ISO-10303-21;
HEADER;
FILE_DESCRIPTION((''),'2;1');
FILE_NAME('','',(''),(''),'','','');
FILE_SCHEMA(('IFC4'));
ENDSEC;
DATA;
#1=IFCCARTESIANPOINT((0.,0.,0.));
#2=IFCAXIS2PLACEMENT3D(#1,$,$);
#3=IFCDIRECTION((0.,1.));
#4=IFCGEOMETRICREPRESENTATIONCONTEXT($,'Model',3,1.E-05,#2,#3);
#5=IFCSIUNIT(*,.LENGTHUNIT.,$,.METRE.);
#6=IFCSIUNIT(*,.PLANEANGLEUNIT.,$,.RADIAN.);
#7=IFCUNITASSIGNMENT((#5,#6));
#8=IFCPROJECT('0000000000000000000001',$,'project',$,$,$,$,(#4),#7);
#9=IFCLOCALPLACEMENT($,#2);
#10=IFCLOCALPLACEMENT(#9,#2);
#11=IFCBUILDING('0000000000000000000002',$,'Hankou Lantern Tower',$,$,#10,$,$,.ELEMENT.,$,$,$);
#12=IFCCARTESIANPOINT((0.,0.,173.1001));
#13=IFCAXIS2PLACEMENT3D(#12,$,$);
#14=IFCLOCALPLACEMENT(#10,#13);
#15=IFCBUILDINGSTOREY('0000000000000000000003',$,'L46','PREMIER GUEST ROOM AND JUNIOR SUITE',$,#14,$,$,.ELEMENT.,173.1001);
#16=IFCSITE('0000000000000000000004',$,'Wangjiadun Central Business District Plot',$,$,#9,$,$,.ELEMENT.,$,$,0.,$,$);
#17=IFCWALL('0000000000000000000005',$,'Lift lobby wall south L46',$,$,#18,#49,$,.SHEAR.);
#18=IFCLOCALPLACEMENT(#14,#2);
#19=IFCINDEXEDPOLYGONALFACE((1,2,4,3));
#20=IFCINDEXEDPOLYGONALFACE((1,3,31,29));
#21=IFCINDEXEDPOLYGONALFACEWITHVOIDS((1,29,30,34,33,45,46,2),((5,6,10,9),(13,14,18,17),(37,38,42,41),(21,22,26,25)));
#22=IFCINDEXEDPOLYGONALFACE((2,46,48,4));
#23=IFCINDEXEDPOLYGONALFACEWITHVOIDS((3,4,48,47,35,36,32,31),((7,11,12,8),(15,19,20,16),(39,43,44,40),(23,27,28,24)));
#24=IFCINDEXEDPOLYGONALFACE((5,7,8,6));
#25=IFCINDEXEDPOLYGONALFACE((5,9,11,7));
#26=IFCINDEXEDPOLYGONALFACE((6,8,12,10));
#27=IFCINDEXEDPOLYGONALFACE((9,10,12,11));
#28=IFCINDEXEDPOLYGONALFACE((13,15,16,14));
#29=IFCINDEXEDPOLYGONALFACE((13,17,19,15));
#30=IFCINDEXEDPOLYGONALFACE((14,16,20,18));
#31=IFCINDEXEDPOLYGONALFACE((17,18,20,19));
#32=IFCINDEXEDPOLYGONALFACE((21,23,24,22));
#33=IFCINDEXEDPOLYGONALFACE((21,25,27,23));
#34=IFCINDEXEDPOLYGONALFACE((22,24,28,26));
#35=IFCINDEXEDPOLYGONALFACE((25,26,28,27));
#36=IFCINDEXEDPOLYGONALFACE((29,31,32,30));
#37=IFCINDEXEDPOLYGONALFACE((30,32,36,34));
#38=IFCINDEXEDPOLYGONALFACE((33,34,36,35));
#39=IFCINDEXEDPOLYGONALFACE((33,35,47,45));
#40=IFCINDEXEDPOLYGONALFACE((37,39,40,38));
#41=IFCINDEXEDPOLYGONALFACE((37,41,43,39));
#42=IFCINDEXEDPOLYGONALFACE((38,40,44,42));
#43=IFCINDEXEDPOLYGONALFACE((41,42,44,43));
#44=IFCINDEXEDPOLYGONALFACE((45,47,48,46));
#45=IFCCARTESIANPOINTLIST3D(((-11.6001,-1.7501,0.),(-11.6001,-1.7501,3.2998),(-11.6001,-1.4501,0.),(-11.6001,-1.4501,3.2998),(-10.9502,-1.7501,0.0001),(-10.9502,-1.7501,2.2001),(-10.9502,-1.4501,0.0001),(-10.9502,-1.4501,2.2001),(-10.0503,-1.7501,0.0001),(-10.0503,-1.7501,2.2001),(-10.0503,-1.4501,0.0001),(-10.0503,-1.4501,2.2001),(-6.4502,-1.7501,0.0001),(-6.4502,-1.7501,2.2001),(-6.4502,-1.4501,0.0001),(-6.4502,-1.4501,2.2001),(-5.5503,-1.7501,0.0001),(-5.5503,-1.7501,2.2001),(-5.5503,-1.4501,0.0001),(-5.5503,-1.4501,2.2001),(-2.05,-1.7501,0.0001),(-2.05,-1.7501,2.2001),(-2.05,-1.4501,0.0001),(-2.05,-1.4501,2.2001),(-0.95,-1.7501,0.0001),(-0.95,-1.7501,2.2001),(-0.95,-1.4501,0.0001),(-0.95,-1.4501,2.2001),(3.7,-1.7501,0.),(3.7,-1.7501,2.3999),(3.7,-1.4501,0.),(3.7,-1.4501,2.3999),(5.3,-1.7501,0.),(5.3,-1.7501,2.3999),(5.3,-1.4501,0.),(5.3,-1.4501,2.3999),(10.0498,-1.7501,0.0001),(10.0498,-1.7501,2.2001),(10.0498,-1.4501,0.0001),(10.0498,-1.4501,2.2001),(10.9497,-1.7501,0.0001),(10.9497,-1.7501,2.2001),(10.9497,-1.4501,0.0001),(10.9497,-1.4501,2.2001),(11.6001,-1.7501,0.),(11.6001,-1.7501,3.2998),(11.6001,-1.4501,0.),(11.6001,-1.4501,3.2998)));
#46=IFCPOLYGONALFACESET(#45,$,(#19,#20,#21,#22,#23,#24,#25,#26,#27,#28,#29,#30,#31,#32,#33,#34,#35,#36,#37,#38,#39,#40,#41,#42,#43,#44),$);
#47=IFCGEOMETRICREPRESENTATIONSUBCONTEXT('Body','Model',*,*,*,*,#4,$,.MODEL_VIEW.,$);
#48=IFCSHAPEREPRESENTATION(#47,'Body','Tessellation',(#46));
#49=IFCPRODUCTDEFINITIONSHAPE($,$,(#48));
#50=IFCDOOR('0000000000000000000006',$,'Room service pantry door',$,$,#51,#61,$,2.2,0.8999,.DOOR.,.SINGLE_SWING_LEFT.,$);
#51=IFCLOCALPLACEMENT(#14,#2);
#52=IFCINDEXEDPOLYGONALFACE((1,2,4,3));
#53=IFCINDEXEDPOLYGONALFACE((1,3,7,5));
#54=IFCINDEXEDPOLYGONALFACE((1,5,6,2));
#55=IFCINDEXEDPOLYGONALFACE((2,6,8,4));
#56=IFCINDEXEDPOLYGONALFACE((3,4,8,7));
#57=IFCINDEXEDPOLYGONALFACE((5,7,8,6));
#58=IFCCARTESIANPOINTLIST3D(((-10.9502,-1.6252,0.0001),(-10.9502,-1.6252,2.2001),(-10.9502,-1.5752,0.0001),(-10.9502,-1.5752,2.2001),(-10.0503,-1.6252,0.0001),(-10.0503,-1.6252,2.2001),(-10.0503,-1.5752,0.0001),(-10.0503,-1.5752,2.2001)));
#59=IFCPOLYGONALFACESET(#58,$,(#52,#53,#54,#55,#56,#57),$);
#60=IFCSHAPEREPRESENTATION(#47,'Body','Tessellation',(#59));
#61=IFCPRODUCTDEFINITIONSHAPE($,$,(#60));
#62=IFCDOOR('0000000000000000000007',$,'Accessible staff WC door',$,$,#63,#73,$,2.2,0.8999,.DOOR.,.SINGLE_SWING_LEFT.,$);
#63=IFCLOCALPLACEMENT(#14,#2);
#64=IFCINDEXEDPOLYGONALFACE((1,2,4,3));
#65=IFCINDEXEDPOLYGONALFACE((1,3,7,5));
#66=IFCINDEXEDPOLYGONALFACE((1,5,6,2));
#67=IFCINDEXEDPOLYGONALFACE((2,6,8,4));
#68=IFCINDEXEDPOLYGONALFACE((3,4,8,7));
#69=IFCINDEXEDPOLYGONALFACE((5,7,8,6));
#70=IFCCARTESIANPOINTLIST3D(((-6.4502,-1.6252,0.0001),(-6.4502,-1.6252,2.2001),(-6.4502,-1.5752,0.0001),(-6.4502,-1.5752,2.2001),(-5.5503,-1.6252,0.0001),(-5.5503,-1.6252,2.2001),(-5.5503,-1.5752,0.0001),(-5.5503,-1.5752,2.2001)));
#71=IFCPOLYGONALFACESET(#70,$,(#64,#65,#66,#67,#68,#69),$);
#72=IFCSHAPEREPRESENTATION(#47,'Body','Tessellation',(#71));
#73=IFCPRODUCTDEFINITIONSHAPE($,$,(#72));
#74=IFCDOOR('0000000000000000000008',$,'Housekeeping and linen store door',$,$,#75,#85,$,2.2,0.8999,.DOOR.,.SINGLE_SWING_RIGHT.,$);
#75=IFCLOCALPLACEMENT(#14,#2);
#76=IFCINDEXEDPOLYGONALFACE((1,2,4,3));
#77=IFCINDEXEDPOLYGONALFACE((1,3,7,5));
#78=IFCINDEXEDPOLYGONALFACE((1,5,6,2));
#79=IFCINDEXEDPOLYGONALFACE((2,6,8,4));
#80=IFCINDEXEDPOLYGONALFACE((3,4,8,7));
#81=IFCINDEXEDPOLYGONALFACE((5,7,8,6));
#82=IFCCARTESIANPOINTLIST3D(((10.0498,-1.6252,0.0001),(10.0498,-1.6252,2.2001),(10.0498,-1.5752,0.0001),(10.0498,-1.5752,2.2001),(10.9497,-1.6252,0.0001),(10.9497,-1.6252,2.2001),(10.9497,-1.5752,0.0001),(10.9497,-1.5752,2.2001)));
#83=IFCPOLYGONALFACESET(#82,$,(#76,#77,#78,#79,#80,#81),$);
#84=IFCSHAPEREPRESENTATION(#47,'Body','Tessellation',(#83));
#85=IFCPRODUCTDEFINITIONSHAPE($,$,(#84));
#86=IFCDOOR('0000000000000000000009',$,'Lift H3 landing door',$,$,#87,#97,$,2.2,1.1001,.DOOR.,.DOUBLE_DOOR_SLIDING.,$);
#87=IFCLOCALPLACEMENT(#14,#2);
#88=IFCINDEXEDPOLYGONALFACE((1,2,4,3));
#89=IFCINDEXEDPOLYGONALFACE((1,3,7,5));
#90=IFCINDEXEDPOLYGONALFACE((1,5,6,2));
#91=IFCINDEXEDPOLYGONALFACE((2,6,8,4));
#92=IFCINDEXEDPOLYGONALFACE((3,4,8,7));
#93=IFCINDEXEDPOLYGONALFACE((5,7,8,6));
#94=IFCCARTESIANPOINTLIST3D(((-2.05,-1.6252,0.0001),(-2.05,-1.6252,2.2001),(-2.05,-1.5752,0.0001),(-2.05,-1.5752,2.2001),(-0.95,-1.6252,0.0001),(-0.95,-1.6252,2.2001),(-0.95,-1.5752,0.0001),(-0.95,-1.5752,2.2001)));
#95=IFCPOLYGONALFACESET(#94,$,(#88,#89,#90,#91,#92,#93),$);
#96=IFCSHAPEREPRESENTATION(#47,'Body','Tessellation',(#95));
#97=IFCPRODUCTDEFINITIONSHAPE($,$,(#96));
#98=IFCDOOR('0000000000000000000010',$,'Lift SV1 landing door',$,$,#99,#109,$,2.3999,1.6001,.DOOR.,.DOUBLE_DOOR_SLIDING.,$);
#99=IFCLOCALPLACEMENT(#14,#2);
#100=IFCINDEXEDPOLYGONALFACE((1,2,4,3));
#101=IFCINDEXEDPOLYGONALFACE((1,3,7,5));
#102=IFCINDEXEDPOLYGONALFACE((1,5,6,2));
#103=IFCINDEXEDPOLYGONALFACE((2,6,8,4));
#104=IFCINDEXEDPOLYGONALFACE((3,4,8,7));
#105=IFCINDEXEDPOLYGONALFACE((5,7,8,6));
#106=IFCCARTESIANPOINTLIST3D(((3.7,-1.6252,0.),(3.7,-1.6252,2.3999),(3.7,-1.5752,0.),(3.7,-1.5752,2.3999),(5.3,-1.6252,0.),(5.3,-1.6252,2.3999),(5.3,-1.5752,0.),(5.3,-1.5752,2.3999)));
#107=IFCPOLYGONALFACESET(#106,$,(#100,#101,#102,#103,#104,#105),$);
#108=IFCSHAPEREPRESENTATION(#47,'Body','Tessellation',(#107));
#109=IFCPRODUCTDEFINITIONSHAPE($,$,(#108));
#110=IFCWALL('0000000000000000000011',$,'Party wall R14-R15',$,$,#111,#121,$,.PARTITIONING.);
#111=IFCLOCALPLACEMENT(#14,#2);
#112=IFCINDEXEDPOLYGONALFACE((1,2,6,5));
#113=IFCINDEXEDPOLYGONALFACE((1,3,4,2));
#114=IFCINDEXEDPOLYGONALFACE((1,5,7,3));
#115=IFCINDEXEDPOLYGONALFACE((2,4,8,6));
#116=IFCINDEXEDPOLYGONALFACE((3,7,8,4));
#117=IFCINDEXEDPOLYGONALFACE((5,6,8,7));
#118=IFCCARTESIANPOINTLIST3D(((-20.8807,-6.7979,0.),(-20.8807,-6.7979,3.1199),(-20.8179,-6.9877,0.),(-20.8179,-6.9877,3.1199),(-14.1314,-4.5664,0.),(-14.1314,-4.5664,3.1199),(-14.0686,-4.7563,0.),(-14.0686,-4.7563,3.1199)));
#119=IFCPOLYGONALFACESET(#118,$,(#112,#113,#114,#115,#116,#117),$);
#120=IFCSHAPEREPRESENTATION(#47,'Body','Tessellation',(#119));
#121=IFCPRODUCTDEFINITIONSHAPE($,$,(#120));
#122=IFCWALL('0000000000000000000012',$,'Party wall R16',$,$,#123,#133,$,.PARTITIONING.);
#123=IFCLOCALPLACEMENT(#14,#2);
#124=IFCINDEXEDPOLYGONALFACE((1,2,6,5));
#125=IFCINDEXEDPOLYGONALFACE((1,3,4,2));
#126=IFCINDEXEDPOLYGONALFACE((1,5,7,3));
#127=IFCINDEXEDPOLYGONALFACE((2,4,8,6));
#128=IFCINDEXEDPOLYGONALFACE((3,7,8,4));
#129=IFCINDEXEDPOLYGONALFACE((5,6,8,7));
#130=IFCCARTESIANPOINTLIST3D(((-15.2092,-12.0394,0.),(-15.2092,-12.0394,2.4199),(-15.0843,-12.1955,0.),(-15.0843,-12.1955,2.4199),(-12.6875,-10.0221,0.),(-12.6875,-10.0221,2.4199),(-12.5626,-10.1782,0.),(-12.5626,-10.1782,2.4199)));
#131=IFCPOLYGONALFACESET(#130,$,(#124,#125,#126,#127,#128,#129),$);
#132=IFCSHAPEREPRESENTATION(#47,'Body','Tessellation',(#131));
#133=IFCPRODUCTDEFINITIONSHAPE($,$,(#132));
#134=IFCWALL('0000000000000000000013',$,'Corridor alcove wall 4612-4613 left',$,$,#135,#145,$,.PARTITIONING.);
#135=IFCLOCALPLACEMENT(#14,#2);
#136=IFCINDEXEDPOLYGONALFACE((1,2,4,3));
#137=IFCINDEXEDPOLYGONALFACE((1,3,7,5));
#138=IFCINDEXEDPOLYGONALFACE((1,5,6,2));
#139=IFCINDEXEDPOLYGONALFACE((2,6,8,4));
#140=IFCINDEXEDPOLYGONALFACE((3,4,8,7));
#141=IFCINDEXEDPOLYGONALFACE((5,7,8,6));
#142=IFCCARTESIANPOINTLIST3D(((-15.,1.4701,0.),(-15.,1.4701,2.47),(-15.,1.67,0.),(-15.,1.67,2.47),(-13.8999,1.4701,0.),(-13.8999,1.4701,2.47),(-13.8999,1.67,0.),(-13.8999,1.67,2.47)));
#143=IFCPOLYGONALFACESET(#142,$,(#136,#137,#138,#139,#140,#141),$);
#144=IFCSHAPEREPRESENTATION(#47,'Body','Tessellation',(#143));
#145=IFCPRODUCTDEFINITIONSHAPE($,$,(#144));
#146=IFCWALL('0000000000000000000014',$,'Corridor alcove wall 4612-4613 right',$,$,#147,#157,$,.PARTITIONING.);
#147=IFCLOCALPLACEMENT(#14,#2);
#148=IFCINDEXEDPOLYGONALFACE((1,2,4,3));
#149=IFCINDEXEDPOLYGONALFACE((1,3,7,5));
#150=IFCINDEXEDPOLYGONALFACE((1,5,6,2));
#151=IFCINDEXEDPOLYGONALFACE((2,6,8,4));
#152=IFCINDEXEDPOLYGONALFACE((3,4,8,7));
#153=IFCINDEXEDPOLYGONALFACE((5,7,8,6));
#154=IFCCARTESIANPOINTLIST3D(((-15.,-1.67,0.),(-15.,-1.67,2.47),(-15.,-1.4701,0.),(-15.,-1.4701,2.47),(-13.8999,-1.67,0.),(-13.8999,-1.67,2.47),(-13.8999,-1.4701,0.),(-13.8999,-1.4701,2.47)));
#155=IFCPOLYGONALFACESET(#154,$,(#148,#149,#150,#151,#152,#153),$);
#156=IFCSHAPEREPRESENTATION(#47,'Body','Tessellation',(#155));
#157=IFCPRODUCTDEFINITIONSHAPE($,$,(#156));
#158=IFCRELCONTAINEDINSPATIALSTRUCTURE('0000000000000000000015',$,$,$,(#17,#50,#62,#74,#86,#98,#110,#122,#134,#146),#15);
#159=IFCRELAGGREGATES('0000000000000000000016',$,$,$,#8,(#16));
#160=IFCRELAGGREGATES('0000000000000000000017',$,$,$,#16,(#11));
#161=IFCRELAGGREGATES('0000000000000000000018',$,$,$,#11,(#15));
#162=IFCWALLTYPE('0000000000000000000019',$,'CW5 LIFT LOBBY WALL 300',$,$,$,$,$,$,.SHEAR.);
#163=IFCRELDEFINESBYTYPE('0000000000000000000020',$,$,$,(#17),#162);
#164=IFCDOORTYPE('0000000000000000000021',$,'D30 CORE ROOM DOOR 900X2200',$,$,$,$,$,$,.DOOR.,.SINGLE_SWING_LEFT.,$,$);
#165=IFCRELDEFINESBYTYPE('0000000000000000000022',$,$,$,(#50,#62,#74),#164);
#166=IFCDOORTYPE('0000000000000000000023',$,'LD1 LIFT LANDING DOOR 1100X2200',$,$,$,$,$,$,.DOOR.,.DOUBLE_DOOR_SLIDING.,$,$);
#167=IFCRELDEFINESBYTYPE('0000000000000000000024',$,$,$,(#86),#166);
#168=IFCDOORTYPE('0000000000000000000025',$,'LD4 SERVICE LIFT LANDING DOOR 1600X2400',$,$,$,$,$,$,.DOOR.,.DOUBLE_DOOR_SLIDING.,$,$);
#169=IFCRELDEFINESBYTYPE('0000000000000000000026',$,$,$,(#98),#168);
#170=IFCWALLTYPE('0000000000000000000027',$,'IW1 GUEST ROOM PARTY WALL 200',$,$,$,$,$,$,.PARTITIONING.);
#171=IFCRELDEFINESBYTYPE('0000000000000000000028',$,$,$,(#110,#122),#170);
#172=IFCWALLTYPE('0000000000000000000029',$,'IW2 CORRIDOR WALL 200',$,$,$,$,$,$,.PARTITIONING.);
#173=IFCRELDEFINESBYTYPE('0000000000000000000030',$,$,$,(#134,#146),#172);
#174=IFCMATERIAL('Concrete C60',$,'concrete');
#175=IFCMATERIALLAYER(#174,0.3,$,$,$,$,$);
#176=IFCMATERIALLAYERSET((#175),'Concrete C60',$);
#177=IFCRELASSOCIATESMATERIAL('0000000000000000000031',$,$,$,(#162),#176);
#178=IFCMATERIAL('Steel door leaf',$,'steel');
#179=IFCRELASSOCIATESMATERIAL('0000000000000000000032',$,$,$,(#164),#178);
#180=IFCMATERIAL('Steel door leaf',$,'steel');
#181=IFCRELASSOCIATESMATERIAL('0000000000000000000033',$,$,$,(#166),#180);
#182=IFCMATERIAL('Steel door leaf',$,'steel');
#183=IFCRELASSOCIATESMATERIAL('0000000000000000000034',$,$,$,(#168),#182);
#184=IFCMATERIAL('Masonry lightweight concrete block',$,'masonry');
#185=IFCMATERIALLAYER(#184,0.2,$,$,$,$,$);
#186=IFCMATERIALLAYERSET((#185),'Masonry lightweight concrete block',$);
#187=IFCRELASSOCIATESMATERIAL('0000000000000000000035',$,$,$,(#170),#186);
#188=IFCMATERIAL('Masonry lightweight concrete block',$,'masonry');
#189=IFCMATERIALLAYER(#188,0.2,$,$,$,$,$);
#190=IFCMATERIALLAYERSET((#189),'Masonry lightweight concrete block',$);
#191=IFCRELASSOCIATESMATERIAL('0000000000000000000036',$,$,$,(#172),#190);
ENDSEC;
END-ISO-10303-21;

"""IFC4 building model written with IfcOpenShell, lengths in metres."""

from ifc_helpers import new_model, si_unit, direction, frame, frame_2d, origin, place, context, subcontext, project, spatial, rectangle, extrude, material, layer, layer_set, type_object, element, fill, save


model = new_model("IFC4")

# Units and contexts
model_context = context("Model", 3, precision=1e-05, world=origin(), true_north=direction((0.0, 1.0)))
body_context = subcontext(model_context, "Body", "Model", "MODEL_VIEW")
ifc_project = project(units=[si_unit("LENGTHUNIT", "METRE"), si_unit("PLANEANGLEUNIT", "RADIAN")], contexts=[model_context])

# Site, building, storey
site_placement = place(None, origin())
site = spatial("IfcSite", under=ifc_project, at=site_placement, Name="Wangjiadun Central Business District Plot", CompositionType="ELEMENT", RefElevation=0.0)
building_placement = place(site_placement, origin())
building = spatial("IfcBuilding", under=site, at=building_placement, Name="Hankou Lantern Tower", CompositionType="ELEMENT")
storey_placement = place(building_placement, frame((0.0, 0.0, 173.1001)))
storey = spatial("IfcBuildingStorey", under=building, at=storey_placement, Name="L46", Description="PREMIER GUEST ROOM AND JUNIOR SUITE", CompositionType="ELEMENT", Elevation=173.1001)

# Wall, openings, doors
ifc_material_1 = material(Name="Concrete C60", Category="concrete")
ifc_layer_1 = layer(ifc_material_1, 0.3)
ifc_layer_set_1 = layer_set([ifc_layer_1], Name="Concrete C60")
wall_type_1 = type_object("IfcWallType", Name="CW5 LIFT LOBBY WALL 300", PredefinedType="SHEAR", material=ifc_layer_set_1)
ifc_material_2 = material(Name="Steel door leaf", Category="steel")
door_type_1 = type_object("IfcDoorType", Name="D30 CORE ROOM DOOR 900X2200", OperationType="SINGLE_SWING_LEFT", PredefinedType="DOOR", material=ifc_material_2)
ifc_material_3 = material(Name="Steel door leaf", Category="steel")
door_type_2 = type_object("IfcDoorType", Name="LD1 LIFT LANDING DOOR 1100X2200", OperationType="DOUBLE_DOOR_SLIDING", PredefinedType="DOOR", material=ifc_material_3)
wall_1_placement = place(storey_placement, frame((-11.6001, -1.6001, 0.0), z_axis=(0.0, 0.0, 1.0), x_axis=(1.0, 0.0, 0.0)))
wall_1 = element("IfcWall", 1, at=wall_1_placement, inside=storey, type_object=wall_type_1, Name="Lift lobby wall south L46", PredefinedType="SHEAR", context=body_context, shape_type="SweptSolid", body=[
    extrude(rectangle(XDim=23.2002, YDim=0.3, at=frame_2d((11.6001, 0.0))), origin(), (0.0, 0.0, 1.0), 3.2998),
])
opening_1_placement = place(wall_1_placement, frame((9.55, 0.0, 0.0)))
opening_1 = element("IfcOpeningElement", 2, at=opening_1_placement, cuts=wall_1, PredefinedType="OPENING", context=body_context, shape_type="SweptSolid", body=[
    extrude(rectangle(XDim=1.1001, YDim=2.2, at=frame_2d((0.55, 1.1001))), frame((0.0, 0.1599, 0.0), z_axis=(0.0, -1.0, 0.0), x_axis=(1.0, 0.0, 0.0)), (0.0, 0.0, 1.0), 0.3201),
])
opening_2_placement = place(wall_1_placement, frame((15.3, 0.0, 0.0)))
opening_2 = element("IfcOpeningElement", 3, at=opening_2_placement, cuts=wall_1, PredefinedType="OPENING", context=body_context, shape_type="SweptSolid", body=[
    extrude(rectangle(XDim=1.6001, YDim=2.3999, at=frame_2d((0.8, 1.2))), frame((0.0, 0.1599, 0.0), z_axis=(0.0, -1.0, 0.0), x_axis=(1.0, 0.0, 0.0)), (0.0, 0.0, 1.0), 0.3201),
])
opening_3_placement = place(wall_1_placement, frame((0.6499, 0.0, 0.0)))
opening_3 = element("IfcOpeningElement", 4, at=opening_3_placement, cuts=wall_1, PredefinedType="OPENING", context=body_context, shape_type="SweptSolid", body=[
    extrude(rectangle(XDim=0.8999, YDim=2.2, at=frame_2d((0.45, 1.1001))), frame((0.0, 0.1599, 0.0), z_axis=(0.0, -1.0, 0.0), x_axis=(1.0, 0.0, 0.0)), (0.0, 0.0, 1.0), 0.3201),
])
opening_4_placement = place(wall_1_placement, frame((5.1499, 0.0, 0.0)))
opening_4 = element("IfcOpeningElement", 5, at=opening_4_placement, cuts=wall_1, PredefinedType="OPENING", context=body_context, shape_type="SweptSolid", body=[
    extrude(rectangle(XDim=0.8999, YDim=2.2, at=frame_2d((0.45, 1.1001))), frame((0.0, 0.1599, 0.0), z_axis=(0.0, -1.0, 0.0), x_axis=(1.0, 0.0, 0.0)), (0.0, 0.0, 1.0), 0.3201),
])
opening_5_placement = place(wall_1_placement, frame((21.6499, 0.0, 0.0)))
opening_5 = element("IfcOpeningElement", 6, at=opening_5_placement, cuts=wall_1, PredefinedType="OPENING", context=body_context, shape_type="SweptSolid", body=[
    extrude(rectangle(XDim=0.8999, YDim=2.2, at=frame_2d((0.45, 1.1001))), frame((0.0, 0.1599, 0.0), z_axis=(0.0, -1.0, 0.0), x_axis=(1.0, 0.0, 0.0)), (0.0, 0.0, 1.0), 0.3201),
])
door_1_placement = place(opening_3_placement, origin())
door_1 = element("IfcDoor", 7, at=door_1_placement, inside=storey, type_object=door_type_1, Name="Room service pantry door", OperationType="SINGLE_SWING_LEFT", OverallHeight=2.2, OverallWidth=0.8999, PredefinedType="DOOR", context=body_context, shape_type="SweptSolid", body=[
    extrude(rectangle(XDim=0.8999, YDim=2.2, at=frame_2d((0.45, 1.1001))), frame((0.0, 0.0249, 0.0), z_axis=(0.0, -1.0, 0.0), x_axis=(1.0, 0.0, 0.0)), (0.0, 0.0, 1.0), 0.05),
])
fill(opening_3, door_1)
door_2_placement = place(opening_4_placement, origin())
door_2 = element("IfcDoor", 8, at=door_2_placement, inside=storey, type_object=door_type_1, Name="Accessible staff WC door", OperationType="SINGLE_SWING_LEFT", OverallHeight=2.2, OverallWidth=0.8999, PredefinedType="DOOR", context=body_context, shape_type="SweptSolid", body=[
    extrude(rectangle(XDim=0.8999, YDim=2.2, at=frame_2d((0.45, 1.1001))), frame((0.0, 0.0249, 0.0), z_axis=(0.0, -1.0, 0.0), x_axis=(1.0, 0.0, 0.0)), (0.0, 0.0, 1.0), 0.05),
])
fill(opening_4, door_2)
door_3_placement = place(opening_5_placement, origin())
door_3 = element("IfcDoor", 9, at=door_3_placement, inside=storey, type_object=door_type_1, Name="Housekeeping and linen store door", OperationType="SINGLE_SWING_RIGHT", OverallHeight=2.2, OverallWidth=0.8999, PredefinedType="DOOR", context=body_context, shape_type="SweptSolid", body=[
    extrude(rectangle(XDim=0.8999, YDim=2.2, at=frame_2d((0.45, 1.1001))), frame((0.0, 0.0249, 0.0), z_axis=(0.0, -1.0, 0.0), x_axis=(1.0, 0.0, 0.0)), (0.0, 0.0, 1.0), 0.05),
])
fill(opening_5, door_3)
door_4_placement = place(opening_1_placement, origin())
door_4 = element("IfcDoor", 10, at=door_4_placement, inside=storey, type_object=door_type_2, Name="Lift H3 landing door", OperationType="DOUBLE_DOOR_SLIDING", OverallHeight=2.2, OverallWidth=1.1001, PredefinedType="DOOR", context=body_context, shape_type="SweptSolid", body=[
    extrude(rectangle(XDim=1.1001, YDim=2.2, at=frame_2d((0.55, 1.1001))), frame((0.0, 0.0249, 0.0), z_axis=(0.0, -1.0, 0.0), x_axis=(1.0, 0.0, 0.0)), (0.0, 0.0, 1.0), 0.05),
])
fill(opening_1, door_4)
ifc_material_4 = material(Name="Steel door leaf", Category="steel")
door_type_3 = type_object("IfcDoorType", Name="LD4 SERVICE LIFT LANDING DOOR 1600X2400", OperationType="DOUBLE_DOOR_SLIDING", PredefinedType="DOOR", material=ifc_material_4)
door_5_placement = place(opening_2_placement, origin())
door_5 = element("IfcDoor", 11, at=door_5_placement, inside=storey, type_object=door_type_3, Name="Lift SV1 landing door", OperationType="DOUBLE_DOOR_SLIDING", OverallHeight=2.3999, OverallWidth=1.6001, PredefinedType="DOOR", context=body_context, shape_type="SweptSolid", body=[
    extrude(rectangle(XDim=1.6001, YDim=2.3999, at=frame_2d((0.8, 1.2))), frame((0.0, 0.0249, 0.0), z_axis=(0.0, -1.0, 0.0), x_axis=(1.0, 0.0, 0.0)), (0.0, 0.0, 1.0), 0.05),
])
fill(opening_2, door_5)

# Walls
ifc_material_5 = material(Name="Masonry lightweight concrete block", Category="masonry")
ifc_layer_2 = layer(ifc_material_5, 0.2)
ifc_layer_set_2 = layer_set([ifc_layer_2], Name="Masonry lightweight concrete block")
wall_type_2 = type_object("IfcWallType", Name="IW1 GUEST ROOM PARTY WALL 200", PredefinedType="PARTITIONING", material=ifc_layer_set_2)
wall_2_placement = place(storey_placement, frame((-14.1001, -4.6614, 0.0), z_axis=(0.0, 0.0, 1.0), x_axis=(-0.949453, -0.313909, 0.0)))
element("IfcWall", 12, at=wall_2_placement, inside=storey, type_object=wall_type_2, Name="Party wall R14-R15", PredefinedType="PARTITIONING", context=body_context, shape_type="SweptSolid", body=[
    extrude(rectangle(XDim=7.1086, YDim=0.2, at=frame_2d((3.5542, 0.0))), origin(), (0.0, 0.0, 1.0), 3.1199),
])
wall_3_placement = place(storey_placement, frame((-12.625, -10.1001, 0.0), z_axis=(0.0, 0.0, 1.0), x_axis=(-0.780876, -0.624686, 0.0)))
element("IfcWall", 13, at=wall_3_placement, inside=storey, type_object=wall_type_2, Name="Party wall R16", PredefinedType="PARTITIONING", context=body_context, shape_type="SweptSolid", body=[
    extrude(rectangle(XDim=3.2292, YDim=0.2, at=frame_2d((1.6147, 0.0))), origin(), (0.0, 0.0, 1.0), 2.4199),
])
ifc_material_6 = material(Name="Masonry lightweight concrete block", Category="masonry")
ifc_layer_3 = layer(ifc_material_6, 0.2)
ifc_layer_set_3 = layer_set([ifc_layer_3], Name="Masonry lightweight concrete block")
wall_type_3 = type_object("IfcWallType", Name="IW2 CORRIDOR WALL 200", PredefinedType="PARTITIONING", material=ifc_layer_set_3)
for number, where, z_axis, x_axis, name in (
    (14, (-13.8999, 1.5701, 0.0), (0.0, 0.0, 1.0), (-1.0, 0.0, 0.0), "Corridor alcove wall 4612-4613 left"),
    (15, (-13.8999, -1.5701, 0.0), (0.0, 0.0, 1.0), (-1.0, 0.0, 0.0), "Corridor alcove wall 4612-4613 right"),
):
    element("IfcWall", number, at=place(storey_placement, frame(where, z_axis=z_axis, x_axis=x_axis)), inside=storey, type_object=wall_type_3, Name=name, PredefinedType="PARTITIONING", context=body_context, shape_type="SweptSolid", body=[
        extrude(rectangle(XDim=1.1001, YDim=0.2, at=frame_2d((0.55, 0.0))), origin(), (0.0, 0.0, 1.0), 2.47),
    ])

save(model, "model.ifc")
